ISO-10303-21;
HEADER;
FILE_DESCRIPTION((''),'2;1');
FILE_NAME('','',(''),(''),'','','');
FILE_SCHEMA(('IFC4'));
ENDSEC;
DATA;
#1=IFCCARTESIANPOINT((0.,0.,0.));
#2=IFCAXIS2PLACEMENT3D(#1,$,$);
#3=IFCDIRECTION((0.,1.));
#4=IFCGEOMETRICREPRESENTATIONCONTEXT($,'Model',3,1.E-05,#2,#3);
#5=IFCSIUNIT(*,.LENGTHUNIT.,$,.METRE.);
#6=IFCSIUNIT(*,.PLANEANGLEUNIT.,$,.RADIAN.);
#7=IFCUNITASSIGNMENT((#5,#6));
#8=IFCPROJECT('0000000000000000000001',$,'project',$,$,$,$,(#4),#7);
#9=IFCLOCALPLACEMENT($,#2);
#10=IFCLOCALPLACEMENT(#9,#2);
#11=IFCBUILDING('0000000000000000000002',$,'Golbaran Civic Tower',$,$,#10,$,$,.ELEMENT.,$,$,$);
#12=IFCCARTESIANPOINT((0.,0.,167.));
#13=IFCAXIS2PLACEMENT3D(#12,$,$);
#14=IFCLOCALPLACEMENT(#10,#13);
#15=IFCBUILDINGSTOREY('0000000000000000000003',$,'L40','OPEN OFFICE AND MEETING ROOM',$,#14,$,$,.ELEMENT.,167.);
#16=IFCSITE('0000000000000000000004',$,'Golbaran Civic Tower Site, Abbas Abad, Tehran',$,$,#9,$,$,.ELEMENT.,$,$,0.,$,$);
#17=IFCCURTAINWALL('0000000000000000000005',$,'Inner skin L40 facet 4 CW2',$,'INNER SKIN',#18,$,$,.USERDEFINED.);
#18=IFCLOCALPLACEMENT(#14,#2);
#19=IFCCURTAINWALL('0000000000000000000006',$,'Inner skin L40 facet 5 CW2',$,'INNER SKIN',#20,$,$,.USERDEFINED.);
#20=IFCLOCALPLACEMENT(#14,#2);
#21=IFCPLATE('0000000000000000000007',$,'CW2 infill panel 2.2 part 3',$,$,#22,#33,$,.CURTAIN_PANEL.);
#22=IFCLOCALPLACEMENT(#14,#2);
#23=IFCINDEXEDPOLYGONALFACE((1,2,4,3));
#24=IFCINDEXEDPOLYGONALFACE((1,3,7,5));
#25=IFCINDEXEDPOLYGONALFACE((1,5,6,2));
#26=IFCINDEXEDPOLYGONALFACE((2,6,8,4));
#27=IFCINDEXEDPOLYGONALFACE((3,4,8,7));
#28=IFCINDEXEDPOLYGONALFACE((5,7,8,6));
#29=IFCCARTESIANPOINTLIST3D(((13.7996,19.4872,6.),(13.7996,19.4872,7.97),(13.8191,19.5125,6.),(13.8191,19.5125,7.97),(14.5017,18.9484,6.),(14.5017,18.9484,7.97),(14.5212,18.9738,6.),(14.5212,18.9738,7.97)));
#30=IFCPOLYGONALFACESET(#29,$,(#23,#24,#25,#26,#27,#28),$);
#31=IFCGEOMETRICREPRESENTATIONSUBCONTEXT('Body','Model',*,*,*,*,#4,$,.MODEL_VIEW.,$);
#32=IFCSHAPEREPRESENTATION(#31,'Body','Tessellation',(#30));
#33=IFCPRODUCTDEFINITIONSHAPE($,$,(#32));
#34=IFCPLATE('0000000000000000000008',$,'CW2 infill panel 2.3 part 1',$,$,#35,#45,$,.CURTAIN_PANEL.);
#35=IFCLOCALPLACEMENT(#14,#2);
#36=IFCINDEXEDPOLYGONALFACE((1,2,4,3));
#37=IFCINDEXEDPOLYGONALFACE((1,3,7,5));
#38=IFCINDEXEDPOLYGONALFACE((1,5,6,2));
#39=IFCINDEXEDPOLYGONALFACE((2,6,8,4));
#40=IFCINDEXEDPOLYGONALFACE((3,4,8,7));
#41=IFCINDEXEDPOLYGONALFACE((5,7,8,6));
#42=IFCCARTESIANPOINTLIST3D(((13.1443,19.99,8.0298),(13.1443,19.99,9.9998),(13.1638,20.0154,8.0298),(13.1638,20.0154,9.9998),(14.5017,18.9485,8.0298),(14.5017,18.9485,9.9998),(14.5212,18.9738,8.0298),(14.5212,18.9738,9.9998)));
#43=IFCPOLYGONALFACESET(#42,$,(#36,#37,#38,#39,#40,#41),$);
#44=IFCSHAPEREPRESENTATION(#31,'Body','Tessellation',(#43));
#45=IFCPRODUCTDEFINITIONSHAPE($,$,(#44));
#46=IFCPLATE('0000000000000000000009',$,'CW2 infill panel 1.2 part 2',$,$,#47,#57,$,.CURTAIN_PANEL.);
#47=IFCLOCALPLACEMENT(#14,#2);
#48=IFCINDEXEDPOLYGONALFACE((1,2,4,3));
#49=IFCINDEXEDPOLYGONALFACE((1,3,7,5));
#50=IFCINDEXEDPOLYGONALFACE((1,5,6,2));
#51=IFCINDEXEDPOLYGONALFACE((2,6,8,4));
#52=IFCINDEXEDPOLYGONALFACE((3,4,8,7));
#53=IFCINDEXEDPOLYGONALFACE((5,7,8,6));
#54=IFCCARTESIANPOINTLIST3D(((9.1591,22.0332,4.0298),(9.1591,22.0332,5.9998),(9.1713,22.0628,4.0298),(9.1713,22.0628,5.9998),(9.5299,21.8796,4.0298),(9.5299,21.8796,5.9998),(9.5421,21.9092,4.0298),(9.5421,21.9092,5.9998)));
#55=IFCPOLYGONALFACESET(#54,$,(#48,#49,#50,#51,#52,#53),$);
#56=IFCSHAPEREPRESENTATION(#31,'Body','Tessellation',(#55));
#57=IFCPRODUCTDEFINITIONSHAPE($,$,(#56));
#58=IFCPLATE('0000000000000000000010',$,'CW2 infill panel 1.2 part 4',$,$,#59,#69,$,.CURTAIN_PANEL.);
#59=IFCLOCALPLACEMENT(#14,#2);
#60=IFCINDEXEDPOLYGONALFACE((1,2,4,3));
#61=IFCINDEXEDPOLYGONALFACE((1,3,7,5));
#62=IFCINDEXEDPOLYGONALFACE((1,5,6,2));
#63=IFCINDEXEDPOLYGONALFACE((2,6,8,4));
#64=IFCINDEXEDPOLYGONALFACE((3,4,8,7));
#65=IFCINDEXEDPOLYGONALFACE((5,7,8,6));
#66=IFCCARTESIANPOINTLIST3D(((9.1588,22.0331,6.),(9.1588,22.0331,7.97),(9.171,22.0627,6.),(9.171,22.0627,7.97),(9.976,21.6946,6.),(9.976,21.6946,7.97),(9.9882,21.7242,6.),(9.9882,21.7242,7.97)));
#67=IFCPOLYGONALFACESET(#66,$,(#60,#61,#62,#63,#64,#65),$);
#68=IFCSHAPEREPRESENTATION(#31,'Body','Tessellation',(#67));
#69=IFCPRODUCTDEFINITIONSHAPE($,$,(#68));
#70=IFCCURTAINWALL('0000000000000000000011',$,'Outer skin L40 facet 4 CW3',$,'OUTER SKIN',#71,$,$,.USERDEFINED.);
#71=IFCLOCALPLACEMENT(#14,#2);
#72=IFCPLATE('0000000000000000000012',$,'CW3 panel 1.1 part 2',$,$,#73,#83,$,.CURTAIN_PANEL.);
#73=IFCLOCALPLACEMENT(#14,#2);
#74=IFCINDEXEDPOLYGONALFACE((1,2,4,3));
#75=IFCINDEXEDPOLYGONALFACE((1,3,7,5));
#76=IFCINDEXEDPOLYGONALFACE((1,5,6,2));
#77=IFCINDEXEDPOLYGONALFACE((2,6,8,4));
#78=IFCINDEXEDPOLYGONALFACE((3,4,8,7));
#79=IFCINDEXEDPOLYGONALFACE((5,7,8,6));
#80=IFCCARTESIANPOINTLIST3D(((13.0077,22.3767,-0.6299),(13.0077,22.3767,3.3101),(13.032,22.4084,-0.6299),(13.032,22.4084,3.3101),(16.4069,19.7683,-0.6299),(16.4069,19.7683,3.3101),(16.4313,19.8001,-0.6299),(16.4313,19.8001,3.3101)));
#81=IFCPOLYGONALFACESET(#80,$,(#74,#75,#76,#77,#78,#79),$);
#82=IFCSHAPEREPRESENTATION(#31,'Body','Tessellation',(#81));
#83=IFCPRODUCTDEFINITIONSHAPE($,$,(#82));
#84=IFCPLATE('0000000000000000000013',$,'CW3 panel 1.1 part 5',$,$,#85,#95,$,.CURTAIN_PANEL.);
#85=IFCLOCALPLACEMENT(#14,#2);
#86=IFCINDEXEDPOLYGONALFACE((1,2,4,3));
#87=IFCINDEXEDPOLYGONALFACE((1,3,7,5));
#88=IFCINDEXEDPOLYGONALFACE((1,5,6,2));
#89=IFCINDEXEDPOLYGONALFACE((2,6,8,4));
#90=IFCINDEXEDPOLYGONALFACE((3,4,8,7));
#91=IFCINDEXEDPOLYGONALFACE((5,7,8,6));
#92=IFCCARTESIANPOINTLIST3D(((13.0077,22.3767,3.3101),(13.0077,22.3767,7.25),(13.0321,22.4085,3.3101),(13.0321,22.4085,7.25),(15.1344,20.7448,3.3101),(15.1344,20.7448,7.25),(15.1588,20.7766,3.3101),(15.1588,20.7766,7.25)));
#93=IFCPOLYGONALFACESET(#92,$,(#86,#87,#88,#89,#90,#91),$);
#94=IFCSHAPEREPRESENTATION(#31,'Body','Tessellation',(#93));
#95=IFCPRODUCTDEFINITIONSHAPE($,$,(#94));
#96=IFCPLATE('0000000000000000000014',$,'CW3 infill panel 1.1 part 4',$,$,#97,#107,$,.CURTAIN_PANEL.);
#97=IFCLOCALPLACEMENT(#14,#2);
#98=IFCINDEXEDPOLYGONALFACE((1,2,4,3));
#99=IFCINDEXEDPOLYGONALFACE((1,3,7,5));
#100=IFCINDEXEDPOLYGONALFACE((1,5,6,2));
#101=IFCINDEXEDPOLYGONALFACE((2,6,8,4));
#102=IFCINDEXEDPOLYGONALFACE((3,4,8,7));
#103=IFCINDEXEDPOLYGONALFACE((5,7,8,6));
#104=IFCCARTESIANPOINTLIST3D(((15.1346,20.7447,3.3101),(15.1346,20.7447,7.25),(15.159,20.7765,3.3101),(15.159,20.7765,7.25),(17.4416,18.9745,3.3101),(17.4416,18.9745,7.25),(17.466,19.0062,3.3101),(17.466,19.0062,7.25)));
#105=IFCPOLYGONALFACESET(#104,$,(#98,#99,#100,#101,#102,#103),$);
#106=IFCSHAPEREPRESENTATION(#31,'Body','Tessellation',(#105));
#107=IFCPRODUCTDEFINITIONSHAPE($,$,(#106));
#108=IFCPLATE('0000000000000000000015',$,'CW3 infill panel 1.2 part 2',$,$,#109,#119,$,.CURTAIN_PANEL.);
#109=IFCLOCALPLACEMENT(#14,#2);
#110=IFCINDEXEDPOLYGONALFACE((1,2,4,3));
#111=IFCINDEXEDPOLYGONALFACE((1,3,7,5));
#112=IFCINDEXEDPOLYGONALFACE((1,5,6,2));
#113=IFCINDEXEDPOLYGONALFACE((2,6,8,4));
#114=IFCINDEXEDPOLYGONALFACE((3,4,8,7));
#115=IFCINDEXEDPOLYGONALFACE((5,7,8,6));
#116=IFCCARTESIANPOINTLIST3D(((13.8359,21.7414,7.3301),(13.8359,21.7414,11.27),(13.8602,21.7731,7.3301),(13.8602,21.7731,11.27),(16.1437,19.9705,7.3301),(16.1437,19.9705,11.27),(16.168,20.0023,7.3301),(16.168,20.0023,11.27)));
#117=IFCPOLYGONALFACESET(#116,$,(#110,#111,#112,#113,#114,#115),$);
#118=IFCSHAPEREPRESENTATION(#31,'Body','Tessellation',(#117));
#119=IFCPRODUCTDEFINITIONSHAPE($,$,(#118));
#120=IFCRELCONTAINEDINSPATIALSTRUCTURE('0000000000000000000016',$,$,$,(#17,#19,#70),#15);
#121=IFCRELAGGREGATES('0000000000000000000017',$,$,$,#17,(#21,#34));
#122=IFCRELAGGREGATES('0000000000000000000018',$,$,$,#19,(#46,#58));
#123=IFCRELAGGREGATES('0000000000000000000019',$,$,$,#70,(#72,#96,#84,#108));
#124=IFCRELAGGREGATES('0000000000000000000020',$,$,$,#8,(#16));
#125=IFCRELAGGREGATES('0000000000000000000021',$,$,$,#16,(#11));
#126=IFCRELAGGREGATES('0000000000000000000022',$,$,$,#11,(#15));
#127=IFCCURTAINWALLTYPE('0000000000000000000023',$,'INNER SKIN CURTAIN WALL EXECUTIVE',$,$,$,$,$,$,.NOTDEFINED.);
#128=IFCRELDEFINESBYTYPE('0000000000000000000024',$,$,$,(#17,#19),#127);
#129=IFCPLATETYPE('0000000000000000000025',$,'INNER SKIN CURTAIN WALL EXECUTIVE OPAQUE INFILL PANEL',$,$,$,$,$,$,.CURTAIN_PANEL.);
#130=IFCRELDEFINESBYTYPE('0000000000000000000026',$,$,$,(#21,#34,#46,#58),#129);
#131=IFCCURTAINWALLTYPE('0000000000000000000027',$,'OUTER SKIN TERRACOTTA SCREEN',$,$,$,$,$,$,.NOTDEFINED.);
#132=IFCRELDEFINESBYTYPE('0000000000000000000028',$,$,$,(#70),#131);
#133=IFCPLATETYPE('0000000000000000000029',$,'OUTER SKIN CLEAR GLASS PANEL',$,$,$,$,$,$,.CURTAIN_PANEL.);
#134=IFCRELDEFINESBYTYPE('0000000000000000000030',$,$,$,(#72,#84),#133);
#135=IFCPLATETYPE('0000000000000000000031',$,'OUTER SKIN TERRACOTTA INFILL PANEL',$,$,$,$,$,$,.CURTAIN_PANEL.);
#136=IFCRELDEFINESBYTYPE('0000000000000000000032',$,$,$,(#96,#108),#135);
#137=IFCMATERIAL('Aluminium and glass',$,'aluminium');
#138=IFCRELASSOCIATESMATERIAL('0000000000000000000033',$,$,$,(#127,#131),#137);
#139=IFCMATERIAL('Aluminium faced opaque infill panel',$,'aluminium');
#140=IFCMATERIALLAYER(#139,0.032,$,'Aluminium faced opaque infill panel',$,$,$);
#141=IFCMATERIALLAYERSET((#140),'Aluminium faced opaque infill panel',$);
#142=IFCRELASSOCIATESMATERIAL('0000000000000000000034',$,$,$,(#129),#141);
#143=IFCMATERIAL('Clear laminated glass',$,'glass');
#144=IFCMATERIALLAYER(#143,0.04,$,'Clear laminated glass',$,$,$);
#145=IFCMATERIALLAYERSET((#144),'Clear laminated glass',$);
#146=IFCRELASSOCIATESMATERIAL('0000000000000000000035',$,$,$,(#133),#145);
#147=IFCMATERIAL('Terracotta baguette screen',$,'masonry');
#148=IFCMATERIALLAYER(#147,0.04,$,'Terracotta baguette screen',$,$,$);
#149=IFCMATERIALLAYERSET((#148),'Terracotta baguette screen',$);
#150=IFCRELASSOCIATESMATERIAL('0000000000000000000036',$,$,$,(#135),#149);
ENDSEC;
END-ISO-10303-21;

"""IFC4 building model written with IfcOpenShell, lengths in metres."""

from ifc_helpers import new_model, si_unit, direction, frame, origin, origin_2d, place, context, subcontext, project, spatial, rectangle, extrude, material, layer, layer_set, type_object, element, aggregate, save


model = new_model("IFC4")

# Units and contexts
model_context = context("Model", 3, precision=1e-05, world=origin(), true_north=direction((0.0, 1.0)))
body_context = subcontext(model_context, "Body", "Model", "MODEL_VIEW")
ifc_project = project(units=[si_unit("LENGTHUNIT", "METRE"), si_unit("PLANEANGLEUNIT", "RADIAN")], contexts=[model_context])

# Site, building, storey
site_placement = place(None, origin())
site = spatial("IfcSite", under=ifc_project, at=site_placement, Name="Golbaran Civic Tower Site, Abbas Abad, Tehran", CompositionType="ELEMENT", RefElevation=0.0)
building_placement = place(site_placement, origin())
building = spatial("IfcBuilding", under=site, at=building_placement, Name="Golbaran Civic Tower", CompositionType="ELEMENT")
storey_placement = place(building_placement, frame((0.0, 0.0, 167.0)))
storey = spatial("IfcBuildingStorey", under=building, at=storey_placement, Name="L40", Description="OPEN OFFICE AND MEETING ROOM", CompositionType="ELEMENT", Elevation=167.0)

# Curtain wall
ifc_material_1 = material(Name="Aluminium and glass", Category="aluminium")
curtain_wall_type_1 = type_object("IfcCurtainWallType", Name="INNER SKIN CURTAIN WALL EXECUTIVE", PredefinedType="NOTDEFINED", material=ifc_material_1)
curtain_wall_1_placement = place(storey_placement, origin())
curtain_wall_1 = element("IfcCurtainWall", 1, at=curtain_wall_1_placement, inside=storey, type_object=curtain_wall_type_1, Name="Inner skin L40 facet 4 CW2", ObjectType="INNER SKIN", PredefinedType="USERDEFINED")

# Curtain wall
curtain_wall_2_placement = place(storey_placement, origin())
curtain_wall_2 = element("IfcCurtainWall", 2, at=curtain_wall_2_placement, inside=storey, type_object=curtain_wall_type_1, Name="Inner skin L40 facet 5 CW2", ObjectType="INNER SKIN", PredefinedType="USERDEFINED")

# Plates
ifc_material_2 = material(Name="Aluminium faced opaque infill panel", Category="aluminium")
ifc_layer_1 = layer(ifc_material_2, 0.032, Name="Aluminium faced opaque infill panel")
ifc_layer_set_1 = layer_set([ifc_layer_1], Name="Aluminium faced opaque infill panel")
plate_type_1 = type_object("IfcPlateType", Name="INNER SKIN CURTAIN WALL EXECUTIVE OPAQUE INFILL PANEL", PredefinedType="CURTAIN_PANEL", material=ifc_layer_set_1)
plate_1_placement = place(storey_placement, frame((14.1604, 19.2305, 6.0), z_axis=(0.0, 0.0, 1.0), x_axis=(-0.793353, 0.608761, 0.0)))
plate_1 = element("IfcPlate", 3, at=plate_1_placement, type_object=plate_type_1, Name="CW2 infill panel 2.2 part 3", PredefinedType="CURTAIN_PANEL", context=body_context, shape_type="SweptSolid", body=[
    extrude(rectangle(XDim=0.885, YDim=0.032, at=origin_2d()), origin(), (0.0, 0.0, 1.0), 1.97),
])
plate_2_placement = place(storey_placement, frame((13.8328, 19.4819, 8.0298), z_axis=(0.0, 0.0, 1.0), x_axis=(-0.793353, 0.608761, 0.0)))
plate_2 = element("IfcPlate", 4, at=plate_2_placement, type_object=plate_type_1, Name="CW2 infill panel 2.3 part 1", PredefinedType="CURTAIN_PANEL", context=body_context, shape_type="SweptSolid", body=[
    extrude(rectangle(XDim=1.7109, YDim=0.032, at=origin_2d()), origin(), (0.0, 0.0, 1.0), 1.97),
])
aggregate(curtain_wall_1, [plate_1, plate_2])
plate_3_placement = place(storey_placement, frame((9.3506, 21.9712, 4.0298), z_axis=(0.0, 0.0, 1.0), x_axis=(-0.92388, 0.382683, 0.0)))
plate_3 = element("IfcPlate", 5, at=plate_3_placement, type_object=plate_type_1, Name="CW2 infill panel 1.2 part 2", PredefinedType="CURTAIN_PANEL", context=body_context, shape_type="SweptSolid", body=[
    extrude(rectangle(XDim=0.4014, YDim=0.032, at=origin_2d()), origin(), (0.0, 0.0, 1.0), 1.97),
])
plate_4_placement = place(storey_placement, frame((9.5735, 21.8787, 6.0), z_axis=(0.0, 0.0, 1.0), x_axis=(-0.92388, 0.382683, 0.0)))
plate_4 = element("IfcPlate", 6, at=plate_4_placement, type_object=plate_type_1, Name="CW2 infill panel 1.2 part 4", PredefinedType="CURTAIN_PANEL", context=body_context, shape_type="SweptSolid", body=[
    extrude(rectangle(XDim=0.8845, YDim=0.032, at=origin_2d()), origin(), (0.0, 0.0, 1.0), 1.97),
])
aggregate(curtain_wall_2, [plate_3, plate_4])

# Curtain wall, plates
curtain_wall_type_2 = type_object("IfcCurtainWallType", Name="OUTER SKIN TERRACOTTA SCREEN", PredefinedType="NOTDEFINED", material=ifc_material_1)
curtain_wall_3_placement = place(storey_placement, origin())
curtain_wall_3 = element("IfcCurtainWall", 7, at=curtain_wall_3_placement, inside=storey, type_object=curtain_wall_type_2, Name="Outer skin L40 facet 4 CW3", ObjectType="OUTER SKIN", PredefinedType="USERDEFINED")
ifc_material_3 = material(Name="Clear laminated glass", Category="glass")
ifc_layer_2 = layer(ifc_material_3, 0.04, Name="Clear laminated glass")
ifc_layer_set_2 = layer_set([ifc_layer_2], Name="Clear laminated glass")
plate_type_2 = type_object("IfcPlateType", Name="OUTER SKIN CLEAR GLASS PANEL", PredefinedType="CURTAIN_PANEL", material=ifc_layer_set_2)
plate_5_placement = place(storey_placement, frame((14.7195, 21.0884, -0.6299), z_axis=(0.0, 0.0, 1.0), x_axis=(-0.793353, 0.608761, 0.0)))
plate_5 = element("IfcPlate", 8, at=plate_5_placement, type_object=plate_type_2, Name="CW3 panel 1.1 part 2", PredefinedType="CURTAIN_PANEL", context=body_context, shape_type="SweptSolid", body=[
    extrude(rectangle(XDim=4.2847, YDim=0.04, at=origin_2d()), origin(), (0.0, 0.0, 1.0), 3.9399),
])
plate_6_placement = place(storey_placement, frame((14.0833, 21.5767, 3.3101), z_axis=(0.0, 0.0, 1.0), x_axis=(-0.793353, 0.608761, 0.0)))
plate_6 = element("IfcPlate", 9, at=plate_6_placement, type_object=plate_type_2, Name="CW3 panel 1.1 part 5", PredefinedType="CURTAIN_PANEL", context=body_context, shape_type="SweptSolid", body=[
    extrude(rectangle(XDim=2.6807, YDim=0.04, at=origin_2d()), origin(), (0.0, 0.0, 1.0), 3.9399),
])
ifc_material_4 = material(Name="Terracotta baguette screen", Category="masonry")
ifc_layer_3 = layer(ifc_material_4, 0.04, Name="Terracotta baguette screen")
ifc_layer_set_3 = layer_set([ifc_layer_3], Name="Terracotta baguette screen")
plate_type_3 = type_object("IfcPlateType", Name="OUTER SKIN TERRACOTTA INFILL PANEL", PredefinedType="CURTAIN_PANEL", material=ifc_layer_set_3)
plate_7_placement = place(storey_placement, frame((16.3003, 19.8755, 3.3101), z_axis=(0.0, 0.0, 1.0), x_axis=(-0.793353, 0.608761, 0.0)))
plate_7 = element("IfcPlate", 10, at=plate_7_placement, type_object=plate_type_3, Name="CW3 infill panel 1.1 part 4", PredefinedType="CURTAIN_PANEL", context=body_context, shape_type="SweptSolid", body=[
    extrude(rectangle(XDim=2.908, YDim=0.04, at=origin_2d()), origin(), (0.0, 0.0, 1.0), 3.9399),
])
plate_8_placement = place(storey_placement, frame((15.002, 20.8718, 7.3301), z_axis=(0.0, 0.0, 1.0), x_axis=(-0.793353, 0.608761, 0.0)))
plate_8 = element("IfcPlate", 11, at=plate_8_placement, type_object=plate_type_3, Name="CW3 infill panel 1.2 part 2", PredefinedType="CURTAIN_PANEL", context=body_context, shape_type="SweptSolid", body=[
    extrude(rectangle(XDim=2.9089, YDim=0.04, at=origin_2d()), origin(), (0.0, 0.0, 1.0), 3.9399),
])
aggregate(curtain_wall_3, [plate_5, plate_7, plate_6, plate_8])

save(model, "model.ifc")
